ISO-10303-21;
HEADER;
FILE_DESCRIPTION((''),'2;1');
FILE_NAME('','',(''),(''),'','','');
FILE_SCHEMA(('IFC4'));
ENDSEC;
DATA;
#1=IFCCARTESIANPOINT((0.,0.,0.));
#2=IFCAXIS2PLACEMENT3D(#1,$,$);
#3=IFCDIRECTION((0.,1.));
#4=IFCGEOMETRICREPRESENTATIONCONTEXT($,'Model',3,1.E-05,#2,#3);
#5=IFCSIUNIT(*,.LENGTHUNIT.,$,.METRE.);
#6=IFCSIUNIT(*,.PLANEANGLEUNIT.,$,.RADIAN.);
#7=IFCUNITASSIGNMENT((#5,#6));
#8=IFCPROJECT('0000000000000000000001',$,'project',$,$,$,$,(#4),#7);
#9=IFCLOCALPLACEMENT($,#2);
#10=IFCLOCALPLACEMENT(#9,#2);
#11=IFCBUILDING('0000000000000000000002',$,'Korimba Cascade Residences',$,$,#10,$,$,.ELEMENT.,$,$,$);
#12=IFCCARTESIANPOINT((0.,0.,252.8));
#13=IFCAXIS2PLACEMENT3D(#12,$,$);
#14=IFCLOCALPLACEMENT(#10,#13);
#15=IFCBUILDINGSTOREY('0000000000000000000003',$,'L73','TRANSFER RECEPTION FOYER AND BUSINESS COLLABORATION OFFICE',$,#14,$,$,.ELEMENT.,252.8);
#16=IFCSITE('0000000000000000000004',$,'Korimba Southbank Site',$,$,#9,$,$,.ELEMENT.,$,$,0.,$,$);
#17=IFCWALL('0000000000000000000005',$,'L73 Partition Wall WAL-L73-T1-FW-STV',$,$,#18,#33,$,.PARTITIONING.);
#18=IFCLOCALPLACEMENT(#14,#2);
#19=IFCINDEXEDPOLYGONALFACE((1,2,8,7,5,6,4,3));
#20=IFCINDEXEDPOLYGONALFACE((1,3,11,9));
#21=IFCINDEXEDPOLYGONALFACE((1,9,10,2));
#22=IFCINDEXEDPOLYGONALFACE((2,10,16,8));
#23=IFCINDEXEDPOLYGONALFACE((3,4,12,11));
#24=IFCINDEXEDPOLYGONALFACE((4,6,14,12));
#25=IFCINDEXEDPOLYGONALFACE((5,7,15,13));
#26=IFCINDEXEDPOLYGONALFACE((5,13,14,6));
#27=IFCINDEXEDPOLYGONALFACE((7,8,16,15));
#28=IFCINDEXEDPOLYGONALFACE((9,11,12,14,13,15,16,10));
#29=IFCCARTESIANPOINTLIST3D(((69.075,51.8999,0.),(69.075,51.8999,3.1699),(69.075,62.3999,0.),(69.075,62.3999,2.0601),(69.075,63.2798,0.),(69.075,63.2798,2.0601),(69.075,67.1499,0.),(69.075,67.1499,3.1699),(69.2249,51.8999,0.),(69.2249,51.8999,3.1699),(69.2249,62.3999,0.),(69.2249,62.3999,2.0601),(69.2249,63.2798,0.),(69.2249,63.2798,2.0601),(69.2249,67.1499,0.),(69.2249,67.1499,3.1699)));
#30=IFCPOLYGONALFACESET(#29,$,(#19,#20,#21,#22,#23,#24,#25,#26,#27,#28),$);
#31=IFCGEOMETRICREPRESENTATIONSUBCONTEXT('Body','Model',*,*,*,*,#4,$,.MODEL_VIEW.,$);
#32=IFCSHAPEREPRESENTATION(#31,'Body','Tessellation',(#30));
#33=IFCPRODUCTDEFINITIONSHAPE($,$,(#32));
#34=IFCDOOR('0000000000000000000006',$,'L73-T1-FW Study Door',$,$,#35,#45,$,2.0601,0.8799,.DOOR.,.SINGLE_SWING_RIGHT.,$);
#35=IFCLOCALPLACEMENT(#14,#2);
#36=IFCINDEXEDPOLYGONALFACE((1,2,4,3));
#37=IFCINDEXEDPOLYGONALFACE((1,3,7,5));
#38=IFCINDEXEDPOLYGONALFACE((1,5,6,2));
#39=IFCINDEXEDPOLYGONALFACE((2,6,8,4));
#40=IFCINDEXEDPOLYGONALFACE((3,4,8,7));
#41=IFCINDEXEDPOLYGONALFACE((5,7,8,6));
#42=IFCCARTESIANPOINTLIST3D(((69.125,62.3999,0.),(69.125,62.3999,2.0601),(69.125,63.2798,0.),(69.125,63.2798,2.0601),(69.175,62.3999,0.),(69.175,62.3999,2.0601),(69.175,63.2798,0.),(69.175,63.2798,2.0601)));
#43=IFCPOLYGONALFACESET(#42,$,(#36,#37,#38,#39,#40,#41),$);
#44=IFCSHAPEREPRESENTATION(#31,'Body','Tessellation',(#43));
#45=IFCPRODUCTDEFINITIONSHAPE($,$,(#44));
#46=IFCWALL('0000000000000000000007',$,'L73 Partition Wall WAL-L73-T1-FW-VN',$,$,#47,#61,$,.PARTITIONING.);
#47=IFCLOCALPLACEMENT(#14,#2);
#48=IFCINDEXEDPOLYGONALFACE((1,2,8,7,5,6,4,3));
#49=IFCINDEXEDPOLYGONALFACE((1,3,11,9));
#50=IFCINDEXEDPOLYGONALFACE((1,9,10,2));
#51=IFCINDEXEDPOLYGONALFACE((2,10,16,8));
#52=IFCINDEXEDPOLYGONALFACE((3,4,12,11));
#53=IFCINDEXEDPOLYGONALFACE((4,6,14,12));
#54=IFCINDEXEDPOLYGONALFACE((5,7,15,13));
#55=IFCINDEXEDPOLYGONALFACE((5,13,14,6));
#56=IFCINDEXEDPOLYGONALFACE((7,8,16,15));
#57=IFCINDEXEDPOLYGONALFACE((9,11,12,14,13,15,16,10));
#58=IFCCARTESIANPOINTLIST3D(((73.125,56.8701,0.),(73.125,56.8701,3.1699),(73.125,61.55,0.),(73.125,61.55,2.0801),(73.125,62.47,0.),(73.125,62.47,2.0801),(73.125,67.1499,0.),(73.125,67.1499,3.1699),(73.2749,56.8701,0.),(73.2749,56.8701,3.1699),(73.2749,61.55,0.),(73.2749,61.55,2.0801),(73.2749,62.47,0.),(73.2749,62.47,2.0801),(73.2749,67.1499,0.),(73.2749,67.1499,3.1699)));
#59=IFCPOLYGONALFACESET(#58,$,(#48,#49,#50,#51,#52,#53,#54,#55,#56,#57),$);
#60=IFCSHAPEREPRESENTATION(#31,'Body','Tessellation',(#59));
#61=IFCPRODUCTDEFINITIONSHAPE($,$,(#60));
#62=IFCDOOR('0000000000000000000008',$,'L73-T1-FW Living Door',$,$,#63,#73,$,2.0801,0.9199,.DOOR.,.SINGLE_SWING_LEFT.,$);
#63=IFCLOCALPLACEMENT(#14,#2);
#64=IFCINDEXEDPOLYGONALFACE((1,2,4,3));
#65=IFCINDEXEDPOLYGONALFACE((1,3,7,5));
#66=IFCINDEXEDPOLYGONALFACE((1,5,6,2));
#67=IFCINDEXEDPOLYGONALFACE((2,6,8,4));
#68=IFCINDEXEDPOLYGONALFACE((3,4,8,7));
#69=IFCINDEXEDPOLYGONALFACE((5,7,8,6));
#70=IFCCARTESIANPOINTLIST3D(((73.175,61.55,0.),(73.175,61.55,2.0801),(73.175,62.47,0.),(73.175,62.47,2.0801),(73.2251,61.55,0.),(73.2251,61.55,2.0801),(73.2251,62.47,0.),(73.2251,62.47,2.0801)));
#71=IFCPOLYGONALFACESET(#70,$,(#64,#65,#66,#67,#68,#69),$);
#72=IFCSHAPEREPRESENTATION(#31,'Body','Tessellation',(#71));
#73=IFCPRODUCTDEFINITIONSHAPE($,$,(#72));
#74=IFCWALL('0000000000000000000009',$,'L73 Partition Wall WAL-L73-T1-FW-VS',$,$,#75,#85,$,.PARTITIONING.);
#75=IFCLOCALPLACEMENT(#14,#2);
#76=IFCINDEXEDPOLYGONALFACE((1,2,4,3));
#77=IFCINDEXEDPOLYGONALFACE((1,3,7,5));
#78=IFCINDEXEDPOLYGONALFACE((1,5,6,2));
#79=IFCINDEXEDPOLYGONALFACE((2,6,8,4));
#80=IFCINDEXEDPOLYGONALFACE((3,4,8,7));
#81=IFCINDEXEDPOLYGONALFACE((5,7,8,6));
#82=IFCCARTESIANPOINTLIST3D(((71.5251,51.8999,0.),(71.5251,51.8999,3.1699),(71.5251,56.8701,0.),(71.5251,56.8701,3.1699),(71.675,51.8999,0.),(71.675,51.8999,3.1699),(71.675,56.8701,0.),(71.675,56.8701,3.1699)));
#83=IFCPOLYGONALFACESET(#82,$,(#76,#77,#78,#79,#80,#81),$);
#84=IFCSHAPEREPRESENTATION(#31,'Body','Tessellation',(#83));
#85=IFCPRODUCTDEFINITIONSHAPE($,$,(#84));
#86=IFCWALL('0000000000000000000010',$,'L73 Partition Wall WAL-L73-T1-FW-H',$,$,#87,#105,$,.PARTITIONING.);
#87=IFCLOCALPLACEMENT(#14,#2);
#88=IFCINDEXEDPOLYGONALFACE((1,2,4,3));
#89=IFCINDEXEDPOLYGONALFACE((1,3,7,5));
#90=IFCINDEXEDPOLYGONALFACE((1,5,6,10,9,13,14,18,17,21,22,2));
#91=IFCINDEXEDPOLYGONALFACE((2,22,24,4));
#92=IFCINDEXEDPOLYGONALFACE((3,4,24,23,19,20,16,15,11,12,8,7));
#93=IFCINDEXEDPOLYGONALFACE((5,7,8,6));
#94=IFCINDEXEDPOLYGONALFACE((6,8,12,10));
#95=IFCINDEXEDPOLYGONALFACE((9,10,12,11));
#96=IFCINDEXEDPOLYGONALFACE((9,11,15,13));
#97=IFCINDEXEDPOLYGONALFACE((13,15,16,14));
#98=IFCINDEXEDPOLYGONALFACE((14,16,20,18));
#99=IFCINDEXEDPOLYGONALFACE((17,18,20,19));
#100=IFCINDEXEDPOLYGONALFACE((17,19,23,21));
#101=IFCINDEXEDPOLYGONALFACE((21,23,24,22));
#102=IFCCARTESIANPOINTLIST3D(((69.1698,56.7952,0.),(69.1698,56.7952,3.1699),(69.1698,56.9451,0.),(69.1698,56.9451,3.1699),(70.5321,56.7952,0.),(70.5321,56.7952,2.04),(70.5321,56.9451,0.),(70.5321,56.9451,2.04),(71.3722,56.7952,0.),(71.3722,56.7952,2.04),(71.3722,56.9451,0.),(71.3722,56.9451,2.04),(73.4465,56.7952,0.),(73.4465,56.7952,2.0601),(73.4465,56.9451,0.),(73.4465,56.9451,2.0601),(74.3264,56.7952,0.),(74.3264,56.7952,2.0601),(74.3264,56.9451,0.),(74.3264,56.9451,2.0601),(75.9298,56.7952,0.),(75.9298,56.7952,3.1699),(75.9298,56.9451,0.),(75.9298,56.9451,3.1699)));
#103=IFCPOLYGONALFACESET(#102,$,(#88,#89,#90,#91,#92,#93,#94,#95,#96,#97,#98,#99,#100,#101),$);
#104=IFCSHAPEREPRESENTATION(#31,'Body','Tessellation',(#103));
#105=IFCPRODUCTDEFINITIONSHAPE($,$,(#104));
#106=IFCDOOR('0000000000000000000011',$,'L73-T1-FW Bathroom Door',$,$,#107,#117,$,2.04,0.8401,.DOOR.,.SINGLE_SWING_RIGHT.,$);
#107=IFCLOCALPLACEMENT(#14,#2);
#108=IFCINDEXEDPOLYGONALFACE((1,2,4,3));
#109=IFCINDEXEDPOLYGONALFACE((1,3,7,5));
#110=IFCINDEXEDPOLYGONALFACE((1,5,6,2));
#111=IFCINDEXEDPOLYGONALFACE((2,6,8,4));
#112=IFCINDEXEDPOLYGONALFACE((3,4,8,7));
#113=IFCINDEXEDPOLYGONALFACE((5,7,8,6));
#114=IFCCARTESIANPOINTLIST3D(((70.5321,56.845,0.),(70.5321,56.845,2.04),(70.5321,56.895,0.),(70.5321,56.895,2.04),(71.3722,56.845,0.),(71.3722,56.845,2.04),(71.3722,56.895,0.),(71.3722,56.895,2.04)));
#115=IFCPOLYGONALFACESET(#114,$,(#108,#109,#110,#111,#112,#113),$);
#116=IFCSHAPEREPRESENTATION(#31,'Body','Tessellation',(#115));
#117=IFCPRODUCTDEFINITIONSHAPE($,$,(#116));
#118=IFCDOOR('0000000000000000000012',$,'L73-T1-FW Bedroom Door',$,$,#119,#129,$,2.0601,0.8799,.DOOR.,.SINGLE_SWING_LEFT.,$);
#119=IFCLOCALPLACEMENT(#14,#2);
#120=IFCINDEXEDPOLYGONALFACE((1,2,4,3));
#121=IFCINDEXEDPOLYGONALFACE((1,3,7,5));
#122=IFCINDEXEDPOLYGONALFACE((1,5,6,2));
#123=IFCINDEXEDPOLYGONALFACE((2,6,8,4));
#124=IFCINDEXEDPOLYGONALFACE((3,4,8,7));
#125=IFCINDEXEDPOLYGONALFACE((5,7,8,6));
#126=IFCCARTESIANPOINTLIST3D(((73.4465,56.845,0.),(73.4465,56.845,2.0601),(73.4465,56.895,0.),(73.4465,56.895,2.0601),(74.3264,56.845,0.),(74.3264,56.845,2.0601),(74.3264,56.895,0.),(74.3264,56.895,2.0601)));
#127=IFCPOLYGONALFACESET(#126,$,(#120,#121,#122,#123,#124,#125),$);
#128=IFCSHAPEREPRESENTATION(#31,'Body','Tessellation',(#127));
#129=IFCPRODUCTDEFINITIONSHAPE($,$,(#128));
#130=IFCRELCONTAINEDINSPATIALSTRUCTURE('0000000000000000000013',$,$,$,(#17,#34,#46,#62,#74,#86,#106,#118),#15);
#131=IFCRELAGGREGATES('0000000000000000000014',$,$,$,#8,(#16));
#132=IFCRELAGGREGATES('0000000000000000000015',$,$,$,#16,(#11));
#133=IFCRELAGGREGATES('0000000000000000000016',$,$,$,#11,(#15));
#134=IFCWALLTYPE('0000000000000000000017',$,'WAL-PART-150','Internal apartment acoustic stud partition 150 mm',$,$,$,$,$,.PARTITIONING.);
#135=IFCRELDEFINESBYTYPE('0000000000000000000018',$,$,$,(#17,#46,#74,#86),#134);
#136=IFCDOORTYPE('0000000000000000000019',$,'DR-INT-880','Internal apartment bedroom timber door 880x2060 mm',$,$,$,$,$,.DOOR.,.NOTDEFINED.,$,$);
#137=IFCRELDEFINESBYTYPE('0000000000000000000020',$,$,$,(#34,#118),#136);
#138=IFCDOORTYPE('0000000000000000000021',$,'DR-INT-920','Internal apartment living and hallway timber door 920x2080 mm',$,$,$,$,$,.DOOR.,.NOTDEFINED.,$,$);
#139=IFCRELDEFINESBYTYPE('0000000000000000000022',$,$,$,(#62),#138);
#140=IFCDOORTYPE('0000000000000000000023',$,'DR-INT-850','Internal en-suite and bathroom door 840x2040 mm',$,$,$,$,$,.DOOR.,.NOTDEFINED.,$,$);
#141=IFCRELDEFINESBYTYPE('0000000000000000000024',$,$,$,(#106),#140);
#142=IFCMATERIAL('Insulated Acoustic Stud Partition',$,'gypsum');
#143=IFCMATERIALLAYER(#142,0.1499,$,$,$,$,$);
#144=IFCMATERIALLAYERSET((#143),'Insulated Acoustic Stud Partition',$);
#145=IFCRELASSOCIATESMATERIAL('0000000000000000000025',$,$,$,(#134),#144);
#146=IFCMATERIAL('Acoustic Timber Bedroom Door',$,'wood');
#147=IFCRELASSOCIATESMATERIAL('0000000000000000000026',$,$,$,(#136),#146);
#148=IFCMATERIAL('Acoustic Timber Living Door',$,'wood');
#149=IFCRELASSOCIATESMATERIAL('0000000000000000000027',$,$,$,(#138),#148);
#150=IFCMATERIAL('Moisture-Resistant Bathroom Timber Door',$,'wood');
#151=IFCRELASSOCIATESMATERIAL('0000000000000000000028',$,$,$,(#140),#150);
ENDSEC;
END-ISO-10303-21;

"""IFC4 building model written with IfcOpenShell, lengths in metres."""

from ifc_helpers import new_model, si_unit, direction, frame, frame_2d, origin, place, context, subcontext, project, spatial, rectangle, extrude, material, layer, layer_set, type_object, element, fill, save


model = new_model("IFC4")

# Units and contexts
model_context = context("Model", 3, precision=1e-05, world=origin(), true_north=direction((0.0, 1.0)))
body_context = subcontext(model_context, "Body", "Model", "MODEL_VIEW")
ifc_project = project(units=[si_unit("LENGTHUNIT", "METRE"), si_unit("PLANEANGLEUNIT", "RADIAN")], contexts=[model_context])

# Site, building, storey
site_placement = place(None, origin())
site = spatial("IfcSite", under=ifc_project, at=site_placement, Name="Korimba Southbank Site", CompositionType="ELEMENT", RefElevation=0.0)
building_placement = place(site_placement, origin())
building = spatial("IfcBuilding", under=site, at=building_placement, Name="Korimba Cascade Residences", CompositionType="ELEMENT")
storey_placement = place(building_placement, frame((0.0, 0.0, 252.8)))
storey = spatial("IfcBuildingStorey", under=building, at=storey_placement, Name="L73", Description="TRANSFER RECEPTION FOYER AND BUSINESS COLLABORATION OFFICE", CompositionType="ELEMENT", Elevation=252.8)

# Walls, openings, doors
ifc_material_1 = material(Name="Insulated Acoustic Stud Partition", Category="gypsum")
ifc_layer_1 = layer(ifc_material_1, 0.1499)
ifc_layer_set_1 = layer_set([ifc_layer_1], Name="Insulated Acoustic Stud Partition")
wall_type_1 = type_object("IfcWallType", Name="WAL-PART-150", Description="Internal apartment acoustic stud partition 150 mm", PredefinedType="PARTITIONING", material=ifc_layer_set_1)
wall_1_placement = place(storey_placement, frame((69.1499, 51.8999, 0.0), z_axis=(0.0, 0.0, 1.0), x_axis=(0.0, 1.0, 0.0)))
wall_1 = element("IfcWall", 1, at=wall_1_placement, inside=storey, type_object=wall_type_1, Name="L73 Partition Wall WAL-L73-T1-FW-STV", PredefinedType="PARTITIONING", context=body_context, shape_type="SweptSolid", body=[
    extrude(rectangle(XDim=15.25, YDim=0.1499, at=frame_2d((7.625, 0.0))), origin(), (0.0, 0.0, 1.0), 3.1699),
])
opening_1_placement = place(wall_1_placement, frame((10.5, 0.0, 0.0)))
opening_1 = element("IfcOpeningElement", 2, at=opening_1_placement, cuts=wall_1, PredefinedType="OPENING", context=body_context, shape_type="SweptSolid", body=[
    extrude(rectangle(XDim=0.8799, YDim=2.0601, at=frame_2d((0.4399, 1.03))), frame((0.0, 0.085, 0.0), z_axis=(0.0, -1.0, 0.0), x_axis=(1.0, 0.0, 0.0)), (0.0, 0.0, 1.0), 0.1699),
])
ifc_material_2 = material(Name="Acoustic Timber Bedroom Door", Category="wood")
door_type_1 = type_object("IfcDoorType", Name="DR-INT-880", Description="Internal apartment bedroom timber door 880x2060 mm", OperationType="NOTDEFINED", PredefinedType="DOOR", material=ifc_material_2)
door_1_placement = place(opening_1_placement, origin())
door_1 = element("IfcDoor", 3, at=door_1_placement, inside=storey, type_object=door_type_1, Name="L73-T1-FW Study Door", OperationType="SINGLE_SWING_RIGHT", OverallHeight=2.0601, OverallWidth=0.8799, PredefinedType="DOOR", context=body_context, shape_type="SweptSolid", body=[
    extrude(rectangle(XDim=0.8799, YDim=2.0601, at=frame_2d((0.4399, 1.03))), frame((0.0, 0.0249, 0.0), z_axis=(0.0, -1.0, 0.0), x_axis=(1.0, 0.0, 0.0)), (0.0, 0.0, 1.0), 0.05),
])
fill(opening_1, door_1)
wall_2_placement = place(storey_placement, frame((73.2, 56.8701, 0.0), z_axis=(0.0, 0.0, 1.0), x_axis=(0.0, 1.0, 0.0)))
wall_2 = element("IfcWall", 4, at=wall_2_placement, inside=storey, type_object=wall_type_1, Name="L73 Partition Wall WAL-L73-T1-FW-VN", PredefinedType="PARTITIONING", context=body_context, shape_type="SweptSolid", body=[
    extrude(rectangle(XDim=10.2798, YDim=0.1499, at=frame_2d((5.1399, 0.0))), origin(), (0.0, 0.0, 1.0), 3.1699),
])
opening_2_placement = place(wall_2_placement, frame((4.6799, 0.0, 0.0)))
opening_2 = element("IfcOpeningElement", 5, at=opening_2_placement, cuts=wall_2, PredefinedType="OPENING", context=body_context, shape_type="SweptSolid", body=[
    extrude(rectangle(XDim=0.9199, YDim=2.0801, at=frame_2d((0.46, 1.04))), frame((0.0, 0.085, 0.0), z_axis=(0.0, -1.0, 0.0), x_axis=(1.0, 0.0, 0.0)), (0.0, 0.0, 1.0), 0.1699),
])
ifc_material_3 = material(Name="Acoustic Timber Living Door", Category="wood")
door_type_2 = type_object("IfcDoorType", Name="DR-INT-920", Description="Internal apartment living and hallway timber door 920x2080 mm", OperationType="NOTDEFINED", PredefinedType="DOOR", material=ifc_material_3)
door_2_placement = place(opening_2_placement, origin())
door_2 = element("IfcDoor", 6, at=door_2_placement, inside=storey, type_object=door_type_2, Name="L73-T1-FW Living Door", OperationType="SINGLE_SWING_LEFT", OverallHeight=2.0801, OverallWidth=0.9199, PredefinedType="DOOR", context=body_context, shape_type="SweptSolid", body=[
    extrude(rectangle(XDim=0.9199, YDim=2.0801, at=frame_2d((0.46, 1.04))), frame((0.0, 0.0249, 0.0), z_axis=(0.0, -1.0, 0.0), x_axis=(1.0, 0.0, 0.0)), (0.0, 0.0, 1.0), 0.05),
])
fill(opening_2, door_2)

# Wall
wall_3_placement = place(storey_placement, frame((71.6001, 51.8999, 0.0), z_axis=(0.0, 0.0, 1.0), x_axis=(0.0, 1.0, 0.0)))
element("IfcWall", 7, at=wall_3_placement, inside=storey, type_object=wall_type_1, Name="L73 Partition Wall WAL-L73-T1-FW-VS", PredefinedType="PARTITIONING", context=body_context, shape_type="SweptSolid", body=[
    extrude(rectangle(XDim=4.9702, YDim=0.1499, at=frame_2d((2.4851, 0.0))), origin(), (0.0, 0.0, 1.0), 3.1699),
])

# Wall, openings, doors
wall_4_placement = place(storey_placement, frame((69.1699, 56.8701, 0.0), z_axis=(0.0, 0.0, 1.0), x_axis=(1.0, 0.0, 0.0)))
wall_4 = element("IfcWall", 8, at=wall_4_placement, inside=storey, type_object=wall_type_1, Name="L73 Partition Wall WAL-L73-T1-FW-H", PredefinedType="PARTITIONING", context=body_context, shape_type="SweptSolid", body=[
    extrude(rectangle(XDim=6.76, YDim=0.1499, at=frame_2d((3.3799, 0.0))), origin(), (0.0, 0.0, 1.0), 3.1699),
])
opening_3_placement = place(wall_4_placement, frame((1.3623, 0.0, 0.0)))
opening_3 = element("IfcOpeningElement", 9, at=opening_3_placement, cuts=wall_4, PredefinedType="OPENING", context=body_context, shape_type="SweptSolid", body=[
    extrude(rectangle(XDim=0.8401, YDim=2.04, at=frame_2d((0.4199, 1.02))), frame((0.0, 0.085, 0.0), z_axis=(0.0, -1.0, 0.0), x_axis=(1.0, 0.0, 0.0)), (0.0, 0.0, 1.0), 0.1699),
])
opening_4_placement = place(wall_4_placement, frame((4.2766, 0.0, 0.0)))
opening_4 = element("IfcOpeningElement", 10, at=opening_4_placement, cuts=wall_4, PredefinedType="OPENING", context=body_context, shape_type="SweptSolid", body=[
    extrude(rectangle(XDim=0.8799, YDim=2.0601, at=frame_2d((0.4399, 1.03))), frame((0.0, 0.085, 0.0), z_axis=(0.0, -1.0, 0.0), x_axis=(1.0, 0.0, 0.0)), (0.0, 0.0, 1.0), 0.1699),
])
ifc_material_4 = material(Name="Moisture-Resistant Bathroom Timber Door", Category="wood")
door_type_3 = type_object("IfcDoorType", Name="DR-INT-850", Description="Internal en-suite and bathroom door 840x2040 mm", OperationType="NOTDEFINED", PredefinedType="DOOR", material=ifc_material_4)
door_3_placement = place(opening_3_placement, origin())
door_3 = element("IfcDoor", 11, at=door_3_placement, inside=storey, type_object=door_type_3, Name="L73-T1-FW Bathroom Door", OperationType="SINGLE_SWING_RIGHT", OverallHeight=2.04, OverallWidth=0.8401, PredefinedType="DOOR", context=body_context, shape_type="SweptSolid", body=[
    extrude(rectangle(XDim=0.8401, YDim=2.04, at=frame_2d((0.4199, 1.02))), frame((0.0, 0.0249, 0.0), z_axis=(0.0, -1.0, 0.0), x_axis=(1.0, 0.0, 0.0)), (0.0, 0.0, 1.0), 0.05),
])
fill(opening_3, door_3)
door_4_placement = place(opening_4_placement, origin())
door_4 = element("IfcDoor", 12, at=door_4_placement, inside=storey, type_object=door_type_1, Name="L73-T1-FW Bedroom Door", OperationType="SINGLE_SWING_LEFT", OverallHeight=2.0601, OverallWidth=0.8799, PredefinedType="DOOR", context=body_context, shape_type="SweptSolid", body=[
    extrude(rectangle(XDim=0.8799, YDim=2.0601, at=frame_2d((0.4399, 1.03))), frame((0.0, 0.0249, 0.0), z_axis=(0.0, -1.0, 0.0), x_axis=(1.0, 0.0, 0.0)), (0.0, 0.0, 1.0), 0.05),
])
fill(opening_4, door_4)

save(model, "model.ifc")
